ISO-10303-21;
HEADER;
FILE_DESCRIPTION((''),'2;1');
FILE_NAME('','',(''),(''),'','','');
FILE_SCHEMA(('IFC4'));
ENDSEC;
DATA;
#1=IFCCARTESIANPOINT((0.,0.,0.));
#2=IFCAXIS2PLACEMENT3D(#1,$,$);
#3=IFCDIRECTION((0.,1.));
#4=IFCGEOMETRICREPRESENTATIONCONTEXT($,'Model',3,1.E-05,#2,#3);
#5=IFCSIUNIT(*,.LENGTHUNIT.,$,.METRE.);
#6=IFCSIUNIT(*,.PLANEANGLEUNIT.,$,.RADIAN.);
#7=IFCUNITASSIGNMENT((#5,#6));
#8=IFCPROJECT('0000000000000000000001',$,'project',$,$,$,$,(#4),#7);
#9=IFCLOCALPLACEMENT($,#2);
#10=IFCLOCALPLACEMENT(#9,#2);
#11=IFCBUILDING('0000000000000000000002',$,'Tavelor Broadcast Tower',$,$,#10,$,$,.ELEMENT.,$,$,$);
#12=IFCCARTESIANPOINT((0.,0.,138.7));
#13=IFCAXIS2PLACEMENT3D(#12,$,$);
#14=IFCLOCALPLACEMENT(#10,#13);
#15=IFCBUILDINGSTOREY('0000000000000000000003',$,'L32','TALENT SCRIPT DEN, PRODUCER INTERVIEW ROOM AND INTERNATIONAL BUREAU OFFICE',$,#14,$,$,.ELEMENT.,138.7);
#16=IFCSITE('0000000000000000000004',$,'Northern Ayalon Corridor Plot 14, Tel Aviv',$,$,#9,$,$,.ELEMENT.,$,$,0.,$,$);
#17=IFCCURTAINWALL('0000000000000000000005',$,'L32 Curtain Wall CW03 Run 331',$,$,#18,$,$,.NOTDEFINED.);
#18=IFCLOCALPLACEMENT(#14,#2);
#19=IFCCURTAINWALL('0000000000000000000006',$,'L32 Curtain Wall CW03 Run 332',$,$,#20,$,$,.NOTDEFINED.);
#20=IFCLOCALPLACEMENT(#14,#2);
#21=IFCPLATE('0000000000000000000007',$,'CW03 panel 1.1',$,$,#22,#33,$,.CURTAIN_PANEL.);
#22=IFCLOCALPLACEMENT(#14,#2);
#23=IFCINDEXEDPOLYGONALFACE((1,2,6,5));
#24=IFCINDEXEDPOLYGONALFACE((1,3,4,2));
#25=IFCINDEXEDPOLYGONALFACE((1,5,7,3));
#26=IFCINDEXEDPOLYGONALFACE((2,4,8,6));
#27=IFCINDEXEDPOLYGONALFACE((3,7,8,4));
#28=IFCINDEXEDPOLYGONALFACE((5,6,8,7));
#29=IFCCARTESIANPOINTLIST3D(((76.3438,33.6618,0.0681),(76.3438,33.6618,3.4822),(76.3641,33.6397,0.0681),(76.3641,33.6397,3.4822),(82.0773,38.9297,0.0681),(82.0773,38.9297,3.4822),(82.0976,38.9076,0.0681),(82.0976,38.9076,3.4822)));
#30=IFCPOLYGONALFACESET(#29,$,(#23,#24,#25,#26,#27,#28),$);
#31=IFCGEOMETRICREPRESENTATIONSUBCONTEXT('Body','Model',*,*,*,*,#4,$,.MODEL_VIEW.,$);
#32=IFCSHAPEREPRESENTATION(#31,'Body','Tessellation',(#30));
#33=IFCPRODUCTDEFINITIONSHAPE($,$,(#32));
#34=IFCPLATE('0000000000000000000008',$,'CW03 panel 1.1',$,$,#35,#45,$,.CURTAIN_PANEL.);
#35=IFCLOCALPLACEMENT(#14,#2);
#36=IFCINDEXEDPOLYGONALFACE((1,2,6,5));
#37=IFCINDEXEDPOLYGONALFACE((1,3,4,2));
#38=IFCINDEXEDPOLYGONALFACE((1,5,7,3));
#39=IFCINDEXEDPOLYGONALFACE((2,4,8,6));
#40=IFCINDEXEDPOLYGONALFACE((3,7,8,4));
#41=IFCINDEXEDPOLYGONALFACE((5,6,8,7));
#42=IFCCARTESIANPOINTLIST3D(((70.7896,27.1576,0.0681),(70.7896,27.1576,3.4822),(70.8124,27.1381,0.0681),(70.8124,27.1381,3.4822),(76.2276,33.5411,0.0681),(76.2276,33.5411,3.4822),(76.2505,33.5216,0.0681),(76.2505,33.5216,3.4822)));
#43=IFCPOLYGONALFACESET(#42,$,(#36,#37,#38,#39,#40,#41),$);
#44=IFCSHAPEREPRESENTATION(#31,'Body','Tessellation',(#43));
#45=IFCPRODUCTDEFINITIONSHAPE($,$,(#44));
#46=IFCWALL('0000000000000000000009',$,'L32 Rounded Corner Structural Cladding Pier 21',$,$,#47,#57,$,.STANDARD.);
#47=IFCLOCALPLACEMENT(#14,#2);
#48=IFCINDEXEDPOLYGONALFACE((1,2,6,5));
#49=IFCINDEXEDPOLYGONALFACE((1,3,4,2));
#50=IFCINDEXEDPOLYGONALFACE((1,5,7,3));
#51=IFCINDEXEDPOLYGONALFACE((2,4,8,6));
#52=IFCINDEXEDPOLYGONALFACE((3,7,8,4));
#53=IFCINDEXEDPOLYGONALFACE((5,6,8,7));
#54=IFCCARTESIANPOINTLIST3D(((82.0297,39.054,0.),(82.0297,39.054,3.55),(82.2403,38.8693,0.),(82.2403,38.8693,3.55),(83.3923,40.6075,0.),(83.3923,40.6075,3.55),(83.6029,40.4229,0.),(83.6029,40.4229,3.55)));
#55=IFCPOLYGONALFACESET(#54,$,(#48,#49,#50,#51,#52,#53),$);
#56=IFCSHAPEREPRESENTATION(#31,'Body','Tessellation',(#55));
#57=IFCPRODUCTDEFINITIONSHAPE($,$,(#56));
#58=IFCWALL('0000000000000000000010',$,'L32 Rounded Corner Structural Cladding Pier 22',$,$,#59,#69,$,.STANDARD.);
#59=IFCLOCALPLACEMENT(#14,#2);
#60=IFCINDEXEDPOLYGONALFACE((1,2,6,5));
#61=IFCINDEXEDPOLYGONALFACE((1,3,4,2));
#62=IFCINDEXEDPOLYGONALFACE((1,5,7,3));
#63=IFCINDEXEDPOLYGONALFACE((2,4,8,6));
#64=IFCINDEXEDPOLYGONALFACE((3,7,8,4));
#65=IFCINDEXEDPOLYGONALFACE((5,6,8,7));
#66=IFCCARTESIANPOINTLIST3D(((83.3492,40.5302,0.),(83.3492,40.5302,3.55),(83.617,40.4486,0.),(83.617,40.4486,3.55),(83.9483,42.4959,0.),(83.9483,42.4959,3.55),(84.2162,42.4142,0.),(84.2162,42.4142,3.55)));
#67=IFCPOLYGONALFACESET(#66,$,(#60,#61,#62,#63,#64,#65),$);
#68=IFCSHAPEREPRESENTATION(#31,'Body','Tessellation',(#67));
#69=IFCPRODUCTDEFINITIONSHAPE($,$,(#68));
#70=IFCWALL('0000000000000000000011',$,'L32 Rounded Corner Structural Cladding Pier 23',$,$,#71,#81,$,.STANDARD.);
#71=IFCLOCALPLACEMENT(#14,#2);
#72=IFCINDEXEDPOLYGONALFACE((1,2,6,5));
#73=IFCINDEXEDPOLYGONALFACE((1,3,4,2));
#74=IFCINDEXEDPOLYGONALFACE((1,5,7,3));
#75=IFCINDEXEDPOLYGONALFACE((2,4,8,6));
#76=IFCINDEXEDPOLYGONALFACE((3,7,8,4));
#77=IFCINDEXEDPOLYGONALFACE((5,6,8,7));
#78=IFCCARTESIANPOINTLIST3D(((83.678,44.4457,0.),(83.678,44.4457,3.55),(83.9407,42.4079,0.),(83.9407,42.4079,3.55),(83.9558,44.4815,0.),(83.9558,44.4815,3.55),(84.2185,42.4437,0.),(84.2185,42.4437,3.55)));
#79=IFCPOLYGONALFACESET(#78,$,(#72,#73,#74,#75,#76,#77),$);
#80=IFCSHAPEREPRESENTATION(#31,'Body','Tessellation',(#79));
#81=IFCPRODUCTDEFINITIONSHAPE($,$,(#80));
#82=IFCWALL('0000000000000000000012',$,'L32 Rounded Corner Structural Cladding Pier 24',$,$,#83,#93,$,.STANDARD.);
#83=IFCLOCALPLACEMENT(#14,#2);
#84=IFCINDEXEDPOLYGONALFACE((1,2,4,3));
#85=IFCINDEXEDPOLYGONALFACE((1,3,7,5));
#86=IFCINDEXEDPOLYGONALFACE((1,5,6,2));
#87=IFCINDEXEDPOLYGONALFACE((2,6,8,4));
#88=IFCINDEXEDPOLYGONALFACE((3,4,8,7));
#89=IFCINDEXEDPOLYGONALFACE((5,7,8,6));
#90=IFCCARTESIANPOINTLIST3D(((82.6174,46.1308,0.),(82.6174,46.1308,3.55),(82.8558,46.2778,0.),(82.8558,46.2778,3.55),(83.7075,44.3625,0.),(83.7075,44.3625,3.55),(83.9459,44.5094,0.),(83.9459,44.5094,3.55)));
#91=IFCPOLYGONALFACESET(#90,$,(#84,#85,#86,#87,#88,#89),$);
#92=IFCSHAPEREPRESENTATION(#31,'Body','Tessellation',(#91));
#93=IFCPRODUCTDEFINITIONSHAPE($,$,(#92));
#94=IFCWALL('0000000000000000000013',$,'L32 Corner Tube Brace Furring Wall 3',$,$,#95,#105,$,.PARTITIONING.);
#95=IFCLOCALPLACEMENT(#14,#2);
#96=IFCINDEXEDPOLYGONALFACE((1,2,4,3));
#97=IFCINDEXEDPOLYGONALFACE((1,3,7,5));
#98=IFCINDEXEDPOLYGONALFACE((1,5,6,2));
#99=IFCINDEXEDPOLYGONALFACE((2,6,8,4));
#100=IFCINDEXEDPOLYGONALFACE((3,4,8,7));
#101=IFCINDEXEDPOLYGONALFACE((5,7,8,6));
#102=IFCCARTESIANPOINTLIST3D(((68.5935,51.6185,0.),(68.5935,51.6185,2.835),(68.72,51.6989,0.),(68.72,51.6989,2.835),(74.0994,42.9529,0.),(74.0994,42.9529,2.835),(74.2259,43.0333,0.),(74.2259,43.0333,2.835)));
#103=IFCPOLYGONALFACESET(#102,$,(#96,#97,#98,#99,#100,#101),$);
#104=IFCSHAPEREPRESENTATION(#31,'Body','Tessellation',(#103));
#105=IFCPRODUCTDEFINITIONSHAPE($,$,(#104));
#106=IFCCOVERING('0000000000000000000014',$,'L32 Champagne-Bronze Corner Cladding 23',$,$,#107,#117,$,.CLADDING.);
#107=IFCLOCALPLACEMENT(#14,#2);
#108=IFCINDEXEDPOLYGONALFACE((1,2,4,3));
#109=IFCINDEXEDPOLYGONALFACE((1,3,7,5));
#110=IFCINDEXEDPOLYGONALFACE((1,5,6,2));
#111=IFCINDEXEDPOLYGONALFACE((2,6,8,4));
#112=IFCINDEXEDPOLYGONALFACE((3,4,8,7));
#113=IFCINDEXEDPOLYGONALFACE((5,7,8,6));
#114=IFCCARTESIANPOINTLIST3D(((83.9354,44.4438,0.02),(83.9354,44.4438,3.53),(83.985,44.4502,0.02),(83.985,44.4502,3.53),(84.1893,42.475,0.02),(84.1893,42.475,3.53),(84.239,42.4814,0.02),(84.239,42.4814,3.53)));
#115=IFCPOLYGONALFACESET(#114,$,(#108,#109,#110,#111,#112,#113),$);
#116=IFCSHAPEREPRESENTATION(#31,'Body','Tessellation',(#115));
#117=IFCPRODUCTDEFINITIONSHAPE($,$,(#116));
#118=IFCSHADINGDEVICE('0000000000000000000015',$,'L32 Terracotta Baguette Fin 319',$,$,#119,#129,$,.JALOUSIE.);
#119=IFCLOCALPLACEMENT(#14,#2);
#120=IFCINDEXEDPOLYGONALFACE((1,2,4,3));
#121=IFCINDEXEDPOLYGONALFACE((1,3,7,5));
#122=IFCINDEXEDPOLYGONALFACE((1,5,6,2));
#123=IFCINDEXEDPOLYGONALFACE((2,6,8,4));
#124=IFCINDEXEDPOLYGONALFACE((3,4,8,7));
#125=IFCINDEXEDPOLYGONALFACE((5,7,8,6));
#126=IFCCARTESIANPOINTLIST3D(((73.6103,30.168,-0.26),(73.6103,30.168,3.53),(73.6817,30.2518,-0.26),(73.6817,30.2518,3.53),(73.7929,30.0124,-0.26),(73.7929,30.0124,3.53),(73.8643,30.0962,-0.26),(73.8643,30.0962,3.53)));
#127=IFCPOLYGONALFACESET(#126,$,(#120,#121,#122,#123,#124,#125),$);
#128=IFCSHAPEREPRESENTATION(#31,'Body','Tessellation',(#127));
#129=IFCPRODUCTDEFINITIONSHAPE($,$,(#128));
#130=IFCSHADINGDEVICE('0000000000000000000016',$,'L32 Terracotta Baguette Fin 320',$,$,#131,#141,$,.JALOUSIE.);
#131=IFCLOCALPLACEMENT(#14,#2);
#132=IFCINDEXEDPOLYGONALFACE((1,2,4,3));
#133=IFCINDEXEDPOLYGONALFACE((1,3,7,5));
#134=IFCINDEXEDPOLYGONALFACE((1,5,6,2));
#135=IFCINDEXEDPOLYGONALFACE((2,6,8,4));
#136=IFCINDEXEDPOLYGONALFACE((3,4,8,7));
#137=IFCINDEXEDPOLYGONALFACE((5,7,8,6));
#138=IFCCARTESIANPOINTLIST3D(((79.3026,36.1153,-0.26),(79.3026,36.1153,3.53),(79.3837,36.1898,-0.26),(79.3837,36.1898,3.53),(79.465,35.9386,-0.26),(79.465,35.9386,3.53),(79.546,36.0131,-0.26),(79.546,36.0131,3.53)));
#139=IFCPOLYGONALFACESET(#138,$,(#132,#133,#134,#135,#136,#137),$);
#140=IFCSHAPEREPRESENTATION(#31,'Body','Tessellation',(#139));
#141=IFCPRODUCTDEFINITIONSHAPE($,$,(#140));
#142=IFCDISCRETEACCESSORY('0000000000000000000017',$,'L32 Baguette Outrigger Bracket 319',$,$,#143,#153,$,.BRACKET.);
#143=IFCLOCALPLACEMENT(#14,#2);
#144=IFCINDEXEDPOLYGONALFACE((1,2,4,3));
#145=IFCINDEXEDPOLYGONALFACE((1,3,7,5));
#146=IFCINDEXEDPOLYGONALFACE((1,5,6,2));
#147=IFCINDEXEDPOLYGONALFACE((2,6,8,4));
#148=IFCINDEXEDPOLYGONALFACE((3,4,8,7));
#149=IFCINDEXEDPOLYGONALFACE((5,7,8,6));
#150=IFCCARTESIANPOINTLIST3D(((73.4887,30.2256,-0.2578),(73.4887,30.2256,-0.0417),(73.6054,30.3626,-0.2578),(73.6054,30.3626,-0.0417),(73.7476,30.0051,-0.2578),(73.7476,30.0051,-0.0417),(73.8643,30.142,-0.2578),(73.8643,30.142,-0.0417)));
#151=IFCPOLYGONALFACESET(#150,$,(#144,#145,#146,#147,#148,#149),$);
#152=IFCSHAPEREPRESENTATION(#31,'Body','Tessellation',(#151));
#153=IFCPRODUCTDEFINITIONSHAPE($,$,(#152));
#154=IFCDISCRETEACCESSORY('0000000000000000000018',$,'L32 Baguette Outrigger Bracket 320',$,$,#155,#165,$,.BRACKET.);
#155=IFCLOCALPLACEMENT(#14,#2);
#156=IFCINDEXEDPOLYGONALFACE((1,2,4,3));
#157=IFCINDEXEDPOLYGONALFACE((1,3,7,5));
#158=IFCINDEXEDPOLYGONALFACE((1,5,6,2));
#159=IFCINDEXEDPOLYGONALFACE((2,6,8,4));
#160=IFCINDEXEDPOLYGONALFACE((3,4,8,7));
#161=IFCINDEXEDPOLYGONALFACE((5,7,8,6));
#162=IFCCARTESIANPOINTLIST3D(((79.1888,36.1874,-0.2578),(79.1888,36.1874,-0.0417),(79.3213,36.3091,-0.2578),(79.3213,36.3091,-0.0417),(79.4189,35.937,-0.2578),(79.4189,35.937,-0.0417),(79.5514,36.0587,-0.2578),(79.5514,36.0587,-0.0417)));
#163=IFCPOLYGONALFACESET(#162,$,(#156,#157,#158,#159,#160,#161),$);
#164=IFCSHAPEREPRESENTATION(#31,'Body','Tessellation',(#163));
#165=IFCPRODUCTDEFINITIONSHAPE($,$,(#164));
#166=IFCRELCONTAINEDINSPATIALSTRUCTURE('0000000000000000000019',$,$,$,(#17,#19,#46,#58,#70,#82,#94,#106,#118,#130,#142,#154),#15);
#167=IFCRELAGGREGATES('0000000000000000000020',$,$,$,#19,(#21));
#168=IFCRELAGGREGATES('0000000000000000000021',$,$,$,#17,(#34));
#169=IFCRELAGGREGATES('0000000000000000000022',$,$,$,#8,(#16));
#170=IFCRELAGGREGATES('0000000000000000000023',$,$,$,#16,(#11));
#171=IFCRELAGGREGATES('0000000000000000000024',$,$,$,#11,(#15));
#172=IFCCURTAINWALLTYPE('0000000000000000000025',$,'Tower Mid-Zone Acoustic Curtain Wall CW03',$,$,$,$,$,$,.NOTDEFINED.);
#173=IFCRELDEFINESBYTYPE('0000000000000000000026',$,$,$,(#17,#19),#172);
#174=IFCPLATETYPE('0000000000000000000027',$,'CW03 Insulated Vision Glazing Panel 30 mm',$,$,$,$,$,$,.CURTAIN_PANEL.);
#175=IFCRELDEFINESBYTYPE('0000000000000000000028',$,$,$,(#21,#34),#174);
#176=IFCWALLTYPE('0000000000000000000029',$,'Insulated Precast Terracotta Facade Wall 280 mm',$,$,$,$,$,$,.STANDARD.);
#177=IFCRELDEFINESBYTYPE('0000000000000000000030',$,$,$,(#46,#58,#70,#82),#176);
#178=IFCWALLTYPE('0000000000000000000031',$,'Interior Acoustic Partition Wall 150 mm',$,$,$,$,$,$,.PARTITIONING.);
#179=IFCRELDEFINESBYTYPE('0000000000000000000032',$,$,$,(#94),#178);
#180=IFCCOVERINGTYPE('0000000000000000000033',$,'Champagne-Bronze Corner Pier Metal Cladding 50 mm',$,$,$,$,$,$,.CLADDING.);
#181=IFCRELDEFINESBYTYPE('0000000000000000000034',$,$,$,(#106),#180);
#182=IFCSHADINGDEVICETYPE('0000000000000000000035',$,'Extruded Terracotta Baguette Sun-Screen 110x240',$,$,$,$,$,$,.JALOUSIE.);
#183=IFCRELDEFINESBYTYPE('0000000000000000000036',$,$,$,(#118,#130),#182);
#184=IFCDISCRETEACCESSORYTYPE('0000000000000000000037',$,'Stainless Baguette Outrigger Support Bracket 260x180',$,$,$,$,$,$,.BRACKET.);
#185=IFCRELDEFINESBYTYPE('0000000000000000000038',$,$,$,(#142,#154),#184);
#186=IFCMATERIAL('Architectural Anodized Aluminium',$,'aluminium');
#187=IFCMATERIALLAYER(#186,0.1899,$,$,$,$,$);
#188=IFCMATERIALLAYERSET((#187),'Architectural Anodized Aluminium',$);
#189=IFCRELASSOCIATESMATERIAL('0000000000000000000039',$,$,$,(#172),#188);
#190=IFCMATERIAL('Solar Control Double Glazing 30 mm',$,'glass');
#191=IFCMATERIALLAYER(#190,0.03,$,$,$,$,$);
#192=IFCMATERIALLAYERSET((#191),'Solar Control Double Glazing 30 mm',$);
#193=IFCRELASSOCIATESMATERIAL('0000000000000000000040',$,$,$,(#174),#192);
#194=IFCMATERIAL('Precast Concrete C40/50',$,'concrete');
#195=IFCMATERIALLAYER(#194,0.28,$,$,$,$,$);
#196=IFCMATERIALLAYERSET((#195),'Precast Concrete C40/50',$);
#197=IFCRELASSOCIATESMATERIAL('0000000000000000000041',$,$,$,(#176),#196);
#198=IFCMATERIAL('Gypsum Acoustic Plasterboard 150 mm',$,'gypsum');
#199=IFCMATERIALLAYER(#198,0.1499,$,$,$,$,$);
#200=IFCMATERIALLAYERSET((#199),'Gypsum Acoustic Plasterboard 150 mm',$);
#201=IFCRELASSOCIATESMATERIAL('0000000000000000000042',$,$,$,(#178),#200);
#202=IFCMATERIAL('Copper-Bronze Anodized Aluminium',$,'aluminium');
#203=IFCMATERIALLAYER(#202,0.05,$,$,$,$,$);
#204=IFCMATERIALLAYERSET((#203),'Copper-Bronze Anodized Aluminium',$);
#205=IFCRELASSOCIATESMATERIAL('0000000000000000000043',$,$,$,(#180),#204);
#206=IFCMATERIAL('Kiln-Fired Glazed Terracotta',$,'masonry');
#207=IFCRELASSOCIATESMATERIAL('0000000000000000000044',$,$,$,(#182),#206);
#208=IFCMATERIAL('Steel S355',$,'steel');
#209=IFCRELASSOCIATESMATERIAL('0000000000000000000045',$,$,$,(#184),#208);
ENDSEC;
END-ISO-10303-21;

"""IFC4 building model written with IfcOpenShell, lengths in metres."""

from ifc_helpers import new_model, si_unit, direction, frame, frame_2d, origin, origin_2d, place, context, subcontext, project, spatial, rectangle, extrude, source, transform, mapped, material, layer, layer_set, type_object, type_shapes, element, aggregate, save


model = new_model("IFC4")

# Units and contexts
model_context = context("Model", 3, precision=1e-05, world=origin(), true_north=direction((0.0, 1.0)))
body_context = subcontext(model_context, "Body", "Model", "MODEL_VIEW")
ifc_project = project(units=[si_unit("LENGTHUNIT", "METRE"), si_unit("PLANEANGLEUNIT", "RADIAN")], contexts=[model_context])

# Site, building, storey
site_placement = place(None, origin())
site = spatial("IfcSite", under=ifc_project, at=site_placement, Name="Northern Ayalon Corridor Plot 14, Tel Aviv", CompositionType="ELEMENT", RefElevation=0.0)
building_placement = place(site_placement, origin())
building = spatial("IfcBuilding", under=site, at=building_placement, Name="Tavelor Broadcast Tower", CompositionType="ELEMENT")
storey_placement = place(building_placement, frame((0.0, 0.0, 138.7)))
storey = spatial("IfcBuildingStorey", under=building, at=storey_placement, Name="L32", Description="TALENT SCRIPT DEN, PRODUCER INTERVIEW ROOM AND INTERNATIONAL BUREAU OFFICE", CompositionType="ELEMENT", Elevation=138.7)

# Shared definitions
ifc_material_1 = material(Name="Steel S355", Category="steel")

# Curtain wall
ifc_material_2 = material(Name="Architectural Anodized Aluminium", Category="aluminium")
ifc_layer_1 = layer(ifc_material_2, 0.1899)
ifc_layer_set_1 = layer_set([ifc_layer_1], Name="Architectural Anodized Aluminium")
curtain_wall_type = type_object("IfcCurtainWallType", Name="Tower Mid-Zone Acoustic Curtain Wall CW03", PredefinedType="NOTDEFINED", material=ifc_layer_set_1)
curtain_wall_1_placement = place(storey_placement, origin())
curtain_wall_1 = element("IfcCurtainWall", 1, at=curtain_wall_1_placement, inside=storey, type_object=curtain_wall_type, Name="L32 Curtain Wall CW03 Run 331", PredefinedType="NOTDEFINED")

# Curtain wall
curtain_wall_2_placement = place(storey_placement, origin())
curtain_wall_2 = element("IfcCurtainWall", 2, at=curtain_wall_2_placement, inside=storey, type_object=curtain_wall_type, Name="L32 Curtain Wall CW03 Run 332", PredefinedType="NOTDEFINED")

# Plates
ifc_material_3 = material(Name="Solar Control Double Glazing 30 mm", Category="glass")
ifc_layer_2 = layer(ifc_material_3, 0.03)
ifc_layer_set_2 = layer_set([ifc_layer_2], Name="Solar Control Double Glazing 30 mm")
plate_type_1 = type_object("IfcPlateType", Name="CW03 Insulated Vision Glazing Panel 30 mm", PredefinedType="CURTAIN_PANEL", material=ifc_layer_set_2)
shared_shape_1 = source(origin(), body_context, "Body", "SweptSolid", [
    extrude(rectangle(XDim=7.7861, YDim=0.03, at=origin_2d()), origin(), (0.0, 0.0, 1.0), 3.4141),
])
plate_1_placement = place(storey_placement, frame((79.2207, 36.2847, 0.0681), z_axis=(0.0, 0.0, 1.0), x_axis=(0.736371, 0.676578, 0.0)))
plate_1 = element("IfcPlate", 3, at=plate_1_placement, type_object=plate_type_1, Name="CW03 panel 1.1", PredefinedType="CURTAIN_PANEL", context=body_context, shape_type="MappedRepresentation", body=[
    mapped(shared_shape_1, transform((0.0, 0.0, 0.0), scale=1.0)),
])
aggregate(curtain_wall_2, [plate_1])
shared_shape_2 = source(origin(), body_context, "Body", "SweptSolid", [
    extrude(rectangle(XDim=8.3857, YDim=0.03, at=origin_2d()), origin(), (0.0, 0.0, 1.0), 3.4141),
])
type_shapes(plate_type_1, [shared_shape_1, shared_shape_2])
plate_2_placement = place(storey_placement, frame((73.52, 30.3396, 0.0681), z_axis=(0.0, 0.0, 1.0), x_axis=(0.648488, 0.761225, 0.0)))
plate_2 = element("IfcPlate", 4, at=plate_2_placement, type_object=plate_type_1, Name="CW03 panel 1.1", PredefinedType="CURTAIN_PANEL", context=body_context, shape_type="MappedRepresentation", body=[
    mapped(shared_shape_2, transform((0.0, 0.0, 0.0), scale=1.0)),
])
aggregate(curtain_wall_1, [plate_2])

# Walls
ifc_material_4 = material(Name="Precast Concrete C40/50", Category="concrete")
ifc_layer_3 = layer(ifc_material_4, 0.28)
ifc_layer_set_3 = layer_set([ifc_layer_3], Name="Precast Concrete C40/50")
wall_type_1 = type_object("IfcWallType", Name="Insulated Precast Terracotta Facade Wall 280 mm", PredefinedType="STANDARD", material=ifc_layer_set_3)
wall_1_placement = place(storey_placement, frame((82.135, 38.9617, 0.0), z_axis=(0.0, 0.0, 1.0), x_axis=(0.659399, 0.751793, 0.0)))
element("IfcWall", 5, at=wall_1_placement, inside=storey, type_object=wall_type_1, Name="L32 Rounded Corner Structural Cladding Pier 21", PredefinedType="STANDARD", context=body_context, shape_type="SweptSolid", body=[
    extrude(rectangle(XDim=2.0664, YDim=0.28, at=frame_2d((1.0332, 0.0))), origin(), (0.0, 0.0, 1.0), 3.55),
])
wall_2_placement = place(storey_placement, frame((83.4832, 40.4895, 0.0), z_axis=(0.0, 0.0, 1.0), x_axis=(0.291563, 0.956551, 0.0)))
element("IfcWall", 6, at=wall_2_placement, inside=storey, type_object=wall_type_1, Name="L32 Rounded Corner Structural Cladding Pier 22", PredefinedType="STANDARD", context=body_context, shape_type="SweptSolid", body=[
    extrude(rectangle(XDim=2.0549, YDim=0.28, at=frame_2d((1.0273, 0.0))), origin(), (0.0, 0.0, 1.0), 3.55),
])
wall_3_placement = place(storey_placement, frame((84.0796, 42.4258, 0.0), z_axis=(0.0, 0.0, 1.0), x_axis=(-0.127851, 0.991793, 0.0)))
element("IfcWall", 7, at=wall_3_placement, inside=storey, type_object=wall_type_1, Name="L32 Rounded Corner Structural Cladding Pier 23", PredefinedType="STANDARD", context=body_context, shape_type="SweptSolid", body=[
    extrude(rectangle(XDim=2.0547, YDim=0.28, at=frame_2d((1.0273, 0.0))), origin(), (0.0, 0.0, 1.0), 3.55),
])
wall_4_placement = place(storey_placement, frame((83.8267, 44.436, 0.0), z_axis=(0.0, 0.0, 1.0), x_axis=(-0.52476, 0.85125, 0.0)))
element("IfcWall", 8, at=wall_4_placement, inside=storey, type_object=wall_type_1, Name="L32 Rounded Corner Structural Cladding Pier 24", PredefinedType="STANDARD", context=body_context, shape_type="SweptSolid", body=[
    extrude(rectangle(XDim=2.0774, YDim=0.28, at=frame_2d((1.0386, 0.0))), origin(), (0.0, 0.0, 1.0), 3.55),
])
ifc_material_5 = material(Name="Gypsum Acoustic Plasterboard 150 mm", Category="gypsum")
ifc_layer_4 = layer(ifc_material_5, 0.1499)
ifc_layer_set_4 = layer_set([ifc_layer_4], Name="Gypsum Acoustic Plasterboard 150 mm")
wall_type_2 = type_object("IfcWallType", Name="Interior Acoustic Partition Wall 150 mm", PredefinedType="PARTITIONING", material=ifc_layer_set_4)
wall_5_placement = place(storey_placement, frame((74.1626, 42.9932, 0.0), z_axis=(0.0, 0.0, 1.0), x_axis=(-0.536281, 0.844039, 0.0)))
element("IfcWall", 9, at=wall_5_placement, inside=storey, type_object=wall_type_2, Name="L32 Corner Tube Brace Furring Wall 3", PredefinedType="PARTITIONING", context=body_context, shape_type="SweptSolid", body=[
    extrude(rectangle(XDim=10.2668, YDim=0.1499, at=frame_2d((5.1333, 0.0))), origin(), (0.0, 0.0, 1.0), 2.835),
])

# Covering
ifc_material_6 = material(Name="Copper-Bronze Anodized Aluminium", Category="aluminium")
ifc_layer_5 = layer(ifc_material_6, 0.05)
ifc_layer_set_5 = layer_set([ifc_layer_5], Name="Copper-Bronze Anodized Aluminium")
covering_type = type_object("IfcCoveringType", Name="Champagne-Bronze Corner Pier Metal Cladding 50 mm", PredefinedType="CLADDING", material=ifc_layer_set_5)
covering_placement = place(storey_placement, frame((84.0872, 43.4626, 0.02), z_axis=(0.0, 0.0, 1.0), x_axis=(-0.12793, 0.991783, 0.0)))
element("IfcCovering", 10, at=covering_placement, inside=storey, type_object=covering_type, Name="L32 Champagne-Bronze Corner Cladding 23", PredefinedType="CLADDING", context=body_context, shape_type="SweptSolid", body=[
    extrude(rectangle(XDim=1.9851, YDim=0.05, at=origin_2d()), origin(), (0.0, 0.0, 1.0), 3.51),
])

# Shading devices
ifc_material_7 = material(Name="Kiln-Fired Glazed Terracotta", Category="masonry")
shading_device_type = type_object("IfcShadingDeviceType", Name="Extruded Terracotta Baguette Sun-Screen 110x240", PredefinedType="JALOUSIE", material=ifc_material_7)
shared_shape_3 = source(origin(), body_context, "Body", "SweptSolid", [
    extrude(rectangle(XDim=0.1101, YDim=0.24, at=origin_2d()), origin(), (0.0, 0.0, 1.0), 3.79),
])
type_shapes(shading_device_type, [shared_shape_3])
for number, where, z_axis, x_axis, name in (
    (11, (73.7373, 30.1321, -0.26), (0.0, 0.0, 1.0), (0.648519, 0.761199, 0.0), "L32 Terracotta Baguette Fin 319"),
    (12, (79.4243, 36.0642, -0.26), (0.0, 0.0, 1.0), (0.736333, 0.676619, 0.0), "L32 Terracotta Baguette Fin 320"),
):
    element("IfcShadingDevice", number, at=place(storey_placement, frame(where, z_axis=z_axis, x_axis=x_axis)), inside=storey, type_object=shading_device_type, Name=name, PredefinedType="JALOUSIE", context=body_context, shape_type="MappedRepresentation", body=[
        mapped(shared_shape_3, transform((0.0, 0.0, 0.0), scale=1.0)),
    ])

# Discrete accessories
discrete_accessory_type = type_object("IfcDiscreteAccessoryType", Name="Stainless Baguette Outrigger Support Bracket 260x180", PredefinedType="BRACKET", material=ifc_material_1)
shared_shape_4 = source(origin(), body_context, "Body", "SweptSolid", [
    extrude(rectangle(XDim=0.1799, YDim=0.3401, at=origin_2d()), origin(), (0.0, 0.0, 1.0), 0.2161),
])
type_shapes(discrete_accessory_type, [shared_shape_4])
for number, where, z_axis, x_axis, name in (
    (13, (73.6765, 30.1838, -0.2578), (0.0, 0.0, 1.0), (0.648519, 0.761199, 0.0), "L32 Baguette Outrigger Bracket 319"),
    (14, (79.3701, 36.123, -0.2578), (0.0, 0.0, 1.0), (0.736333, 0.676619, 0.0), "L32 Baguette Outrigger Bracket 320"),
):
    element("IfcDiscreteAccessory", number, at=place(storey_placement, frame(where, z_axis=z_axis, x_axis=x_axis)), inside=storey, type_object=discrete_accessory_type, Name=name, PredefinedType="BRACKET", context=body_context, shape_type="MappedRepresentation", body=[
        mapped(shared_shape_4, transform((0.0, 0.0, 0.0), scale=1.0)),
    ])

save(model, "model.ifc")
